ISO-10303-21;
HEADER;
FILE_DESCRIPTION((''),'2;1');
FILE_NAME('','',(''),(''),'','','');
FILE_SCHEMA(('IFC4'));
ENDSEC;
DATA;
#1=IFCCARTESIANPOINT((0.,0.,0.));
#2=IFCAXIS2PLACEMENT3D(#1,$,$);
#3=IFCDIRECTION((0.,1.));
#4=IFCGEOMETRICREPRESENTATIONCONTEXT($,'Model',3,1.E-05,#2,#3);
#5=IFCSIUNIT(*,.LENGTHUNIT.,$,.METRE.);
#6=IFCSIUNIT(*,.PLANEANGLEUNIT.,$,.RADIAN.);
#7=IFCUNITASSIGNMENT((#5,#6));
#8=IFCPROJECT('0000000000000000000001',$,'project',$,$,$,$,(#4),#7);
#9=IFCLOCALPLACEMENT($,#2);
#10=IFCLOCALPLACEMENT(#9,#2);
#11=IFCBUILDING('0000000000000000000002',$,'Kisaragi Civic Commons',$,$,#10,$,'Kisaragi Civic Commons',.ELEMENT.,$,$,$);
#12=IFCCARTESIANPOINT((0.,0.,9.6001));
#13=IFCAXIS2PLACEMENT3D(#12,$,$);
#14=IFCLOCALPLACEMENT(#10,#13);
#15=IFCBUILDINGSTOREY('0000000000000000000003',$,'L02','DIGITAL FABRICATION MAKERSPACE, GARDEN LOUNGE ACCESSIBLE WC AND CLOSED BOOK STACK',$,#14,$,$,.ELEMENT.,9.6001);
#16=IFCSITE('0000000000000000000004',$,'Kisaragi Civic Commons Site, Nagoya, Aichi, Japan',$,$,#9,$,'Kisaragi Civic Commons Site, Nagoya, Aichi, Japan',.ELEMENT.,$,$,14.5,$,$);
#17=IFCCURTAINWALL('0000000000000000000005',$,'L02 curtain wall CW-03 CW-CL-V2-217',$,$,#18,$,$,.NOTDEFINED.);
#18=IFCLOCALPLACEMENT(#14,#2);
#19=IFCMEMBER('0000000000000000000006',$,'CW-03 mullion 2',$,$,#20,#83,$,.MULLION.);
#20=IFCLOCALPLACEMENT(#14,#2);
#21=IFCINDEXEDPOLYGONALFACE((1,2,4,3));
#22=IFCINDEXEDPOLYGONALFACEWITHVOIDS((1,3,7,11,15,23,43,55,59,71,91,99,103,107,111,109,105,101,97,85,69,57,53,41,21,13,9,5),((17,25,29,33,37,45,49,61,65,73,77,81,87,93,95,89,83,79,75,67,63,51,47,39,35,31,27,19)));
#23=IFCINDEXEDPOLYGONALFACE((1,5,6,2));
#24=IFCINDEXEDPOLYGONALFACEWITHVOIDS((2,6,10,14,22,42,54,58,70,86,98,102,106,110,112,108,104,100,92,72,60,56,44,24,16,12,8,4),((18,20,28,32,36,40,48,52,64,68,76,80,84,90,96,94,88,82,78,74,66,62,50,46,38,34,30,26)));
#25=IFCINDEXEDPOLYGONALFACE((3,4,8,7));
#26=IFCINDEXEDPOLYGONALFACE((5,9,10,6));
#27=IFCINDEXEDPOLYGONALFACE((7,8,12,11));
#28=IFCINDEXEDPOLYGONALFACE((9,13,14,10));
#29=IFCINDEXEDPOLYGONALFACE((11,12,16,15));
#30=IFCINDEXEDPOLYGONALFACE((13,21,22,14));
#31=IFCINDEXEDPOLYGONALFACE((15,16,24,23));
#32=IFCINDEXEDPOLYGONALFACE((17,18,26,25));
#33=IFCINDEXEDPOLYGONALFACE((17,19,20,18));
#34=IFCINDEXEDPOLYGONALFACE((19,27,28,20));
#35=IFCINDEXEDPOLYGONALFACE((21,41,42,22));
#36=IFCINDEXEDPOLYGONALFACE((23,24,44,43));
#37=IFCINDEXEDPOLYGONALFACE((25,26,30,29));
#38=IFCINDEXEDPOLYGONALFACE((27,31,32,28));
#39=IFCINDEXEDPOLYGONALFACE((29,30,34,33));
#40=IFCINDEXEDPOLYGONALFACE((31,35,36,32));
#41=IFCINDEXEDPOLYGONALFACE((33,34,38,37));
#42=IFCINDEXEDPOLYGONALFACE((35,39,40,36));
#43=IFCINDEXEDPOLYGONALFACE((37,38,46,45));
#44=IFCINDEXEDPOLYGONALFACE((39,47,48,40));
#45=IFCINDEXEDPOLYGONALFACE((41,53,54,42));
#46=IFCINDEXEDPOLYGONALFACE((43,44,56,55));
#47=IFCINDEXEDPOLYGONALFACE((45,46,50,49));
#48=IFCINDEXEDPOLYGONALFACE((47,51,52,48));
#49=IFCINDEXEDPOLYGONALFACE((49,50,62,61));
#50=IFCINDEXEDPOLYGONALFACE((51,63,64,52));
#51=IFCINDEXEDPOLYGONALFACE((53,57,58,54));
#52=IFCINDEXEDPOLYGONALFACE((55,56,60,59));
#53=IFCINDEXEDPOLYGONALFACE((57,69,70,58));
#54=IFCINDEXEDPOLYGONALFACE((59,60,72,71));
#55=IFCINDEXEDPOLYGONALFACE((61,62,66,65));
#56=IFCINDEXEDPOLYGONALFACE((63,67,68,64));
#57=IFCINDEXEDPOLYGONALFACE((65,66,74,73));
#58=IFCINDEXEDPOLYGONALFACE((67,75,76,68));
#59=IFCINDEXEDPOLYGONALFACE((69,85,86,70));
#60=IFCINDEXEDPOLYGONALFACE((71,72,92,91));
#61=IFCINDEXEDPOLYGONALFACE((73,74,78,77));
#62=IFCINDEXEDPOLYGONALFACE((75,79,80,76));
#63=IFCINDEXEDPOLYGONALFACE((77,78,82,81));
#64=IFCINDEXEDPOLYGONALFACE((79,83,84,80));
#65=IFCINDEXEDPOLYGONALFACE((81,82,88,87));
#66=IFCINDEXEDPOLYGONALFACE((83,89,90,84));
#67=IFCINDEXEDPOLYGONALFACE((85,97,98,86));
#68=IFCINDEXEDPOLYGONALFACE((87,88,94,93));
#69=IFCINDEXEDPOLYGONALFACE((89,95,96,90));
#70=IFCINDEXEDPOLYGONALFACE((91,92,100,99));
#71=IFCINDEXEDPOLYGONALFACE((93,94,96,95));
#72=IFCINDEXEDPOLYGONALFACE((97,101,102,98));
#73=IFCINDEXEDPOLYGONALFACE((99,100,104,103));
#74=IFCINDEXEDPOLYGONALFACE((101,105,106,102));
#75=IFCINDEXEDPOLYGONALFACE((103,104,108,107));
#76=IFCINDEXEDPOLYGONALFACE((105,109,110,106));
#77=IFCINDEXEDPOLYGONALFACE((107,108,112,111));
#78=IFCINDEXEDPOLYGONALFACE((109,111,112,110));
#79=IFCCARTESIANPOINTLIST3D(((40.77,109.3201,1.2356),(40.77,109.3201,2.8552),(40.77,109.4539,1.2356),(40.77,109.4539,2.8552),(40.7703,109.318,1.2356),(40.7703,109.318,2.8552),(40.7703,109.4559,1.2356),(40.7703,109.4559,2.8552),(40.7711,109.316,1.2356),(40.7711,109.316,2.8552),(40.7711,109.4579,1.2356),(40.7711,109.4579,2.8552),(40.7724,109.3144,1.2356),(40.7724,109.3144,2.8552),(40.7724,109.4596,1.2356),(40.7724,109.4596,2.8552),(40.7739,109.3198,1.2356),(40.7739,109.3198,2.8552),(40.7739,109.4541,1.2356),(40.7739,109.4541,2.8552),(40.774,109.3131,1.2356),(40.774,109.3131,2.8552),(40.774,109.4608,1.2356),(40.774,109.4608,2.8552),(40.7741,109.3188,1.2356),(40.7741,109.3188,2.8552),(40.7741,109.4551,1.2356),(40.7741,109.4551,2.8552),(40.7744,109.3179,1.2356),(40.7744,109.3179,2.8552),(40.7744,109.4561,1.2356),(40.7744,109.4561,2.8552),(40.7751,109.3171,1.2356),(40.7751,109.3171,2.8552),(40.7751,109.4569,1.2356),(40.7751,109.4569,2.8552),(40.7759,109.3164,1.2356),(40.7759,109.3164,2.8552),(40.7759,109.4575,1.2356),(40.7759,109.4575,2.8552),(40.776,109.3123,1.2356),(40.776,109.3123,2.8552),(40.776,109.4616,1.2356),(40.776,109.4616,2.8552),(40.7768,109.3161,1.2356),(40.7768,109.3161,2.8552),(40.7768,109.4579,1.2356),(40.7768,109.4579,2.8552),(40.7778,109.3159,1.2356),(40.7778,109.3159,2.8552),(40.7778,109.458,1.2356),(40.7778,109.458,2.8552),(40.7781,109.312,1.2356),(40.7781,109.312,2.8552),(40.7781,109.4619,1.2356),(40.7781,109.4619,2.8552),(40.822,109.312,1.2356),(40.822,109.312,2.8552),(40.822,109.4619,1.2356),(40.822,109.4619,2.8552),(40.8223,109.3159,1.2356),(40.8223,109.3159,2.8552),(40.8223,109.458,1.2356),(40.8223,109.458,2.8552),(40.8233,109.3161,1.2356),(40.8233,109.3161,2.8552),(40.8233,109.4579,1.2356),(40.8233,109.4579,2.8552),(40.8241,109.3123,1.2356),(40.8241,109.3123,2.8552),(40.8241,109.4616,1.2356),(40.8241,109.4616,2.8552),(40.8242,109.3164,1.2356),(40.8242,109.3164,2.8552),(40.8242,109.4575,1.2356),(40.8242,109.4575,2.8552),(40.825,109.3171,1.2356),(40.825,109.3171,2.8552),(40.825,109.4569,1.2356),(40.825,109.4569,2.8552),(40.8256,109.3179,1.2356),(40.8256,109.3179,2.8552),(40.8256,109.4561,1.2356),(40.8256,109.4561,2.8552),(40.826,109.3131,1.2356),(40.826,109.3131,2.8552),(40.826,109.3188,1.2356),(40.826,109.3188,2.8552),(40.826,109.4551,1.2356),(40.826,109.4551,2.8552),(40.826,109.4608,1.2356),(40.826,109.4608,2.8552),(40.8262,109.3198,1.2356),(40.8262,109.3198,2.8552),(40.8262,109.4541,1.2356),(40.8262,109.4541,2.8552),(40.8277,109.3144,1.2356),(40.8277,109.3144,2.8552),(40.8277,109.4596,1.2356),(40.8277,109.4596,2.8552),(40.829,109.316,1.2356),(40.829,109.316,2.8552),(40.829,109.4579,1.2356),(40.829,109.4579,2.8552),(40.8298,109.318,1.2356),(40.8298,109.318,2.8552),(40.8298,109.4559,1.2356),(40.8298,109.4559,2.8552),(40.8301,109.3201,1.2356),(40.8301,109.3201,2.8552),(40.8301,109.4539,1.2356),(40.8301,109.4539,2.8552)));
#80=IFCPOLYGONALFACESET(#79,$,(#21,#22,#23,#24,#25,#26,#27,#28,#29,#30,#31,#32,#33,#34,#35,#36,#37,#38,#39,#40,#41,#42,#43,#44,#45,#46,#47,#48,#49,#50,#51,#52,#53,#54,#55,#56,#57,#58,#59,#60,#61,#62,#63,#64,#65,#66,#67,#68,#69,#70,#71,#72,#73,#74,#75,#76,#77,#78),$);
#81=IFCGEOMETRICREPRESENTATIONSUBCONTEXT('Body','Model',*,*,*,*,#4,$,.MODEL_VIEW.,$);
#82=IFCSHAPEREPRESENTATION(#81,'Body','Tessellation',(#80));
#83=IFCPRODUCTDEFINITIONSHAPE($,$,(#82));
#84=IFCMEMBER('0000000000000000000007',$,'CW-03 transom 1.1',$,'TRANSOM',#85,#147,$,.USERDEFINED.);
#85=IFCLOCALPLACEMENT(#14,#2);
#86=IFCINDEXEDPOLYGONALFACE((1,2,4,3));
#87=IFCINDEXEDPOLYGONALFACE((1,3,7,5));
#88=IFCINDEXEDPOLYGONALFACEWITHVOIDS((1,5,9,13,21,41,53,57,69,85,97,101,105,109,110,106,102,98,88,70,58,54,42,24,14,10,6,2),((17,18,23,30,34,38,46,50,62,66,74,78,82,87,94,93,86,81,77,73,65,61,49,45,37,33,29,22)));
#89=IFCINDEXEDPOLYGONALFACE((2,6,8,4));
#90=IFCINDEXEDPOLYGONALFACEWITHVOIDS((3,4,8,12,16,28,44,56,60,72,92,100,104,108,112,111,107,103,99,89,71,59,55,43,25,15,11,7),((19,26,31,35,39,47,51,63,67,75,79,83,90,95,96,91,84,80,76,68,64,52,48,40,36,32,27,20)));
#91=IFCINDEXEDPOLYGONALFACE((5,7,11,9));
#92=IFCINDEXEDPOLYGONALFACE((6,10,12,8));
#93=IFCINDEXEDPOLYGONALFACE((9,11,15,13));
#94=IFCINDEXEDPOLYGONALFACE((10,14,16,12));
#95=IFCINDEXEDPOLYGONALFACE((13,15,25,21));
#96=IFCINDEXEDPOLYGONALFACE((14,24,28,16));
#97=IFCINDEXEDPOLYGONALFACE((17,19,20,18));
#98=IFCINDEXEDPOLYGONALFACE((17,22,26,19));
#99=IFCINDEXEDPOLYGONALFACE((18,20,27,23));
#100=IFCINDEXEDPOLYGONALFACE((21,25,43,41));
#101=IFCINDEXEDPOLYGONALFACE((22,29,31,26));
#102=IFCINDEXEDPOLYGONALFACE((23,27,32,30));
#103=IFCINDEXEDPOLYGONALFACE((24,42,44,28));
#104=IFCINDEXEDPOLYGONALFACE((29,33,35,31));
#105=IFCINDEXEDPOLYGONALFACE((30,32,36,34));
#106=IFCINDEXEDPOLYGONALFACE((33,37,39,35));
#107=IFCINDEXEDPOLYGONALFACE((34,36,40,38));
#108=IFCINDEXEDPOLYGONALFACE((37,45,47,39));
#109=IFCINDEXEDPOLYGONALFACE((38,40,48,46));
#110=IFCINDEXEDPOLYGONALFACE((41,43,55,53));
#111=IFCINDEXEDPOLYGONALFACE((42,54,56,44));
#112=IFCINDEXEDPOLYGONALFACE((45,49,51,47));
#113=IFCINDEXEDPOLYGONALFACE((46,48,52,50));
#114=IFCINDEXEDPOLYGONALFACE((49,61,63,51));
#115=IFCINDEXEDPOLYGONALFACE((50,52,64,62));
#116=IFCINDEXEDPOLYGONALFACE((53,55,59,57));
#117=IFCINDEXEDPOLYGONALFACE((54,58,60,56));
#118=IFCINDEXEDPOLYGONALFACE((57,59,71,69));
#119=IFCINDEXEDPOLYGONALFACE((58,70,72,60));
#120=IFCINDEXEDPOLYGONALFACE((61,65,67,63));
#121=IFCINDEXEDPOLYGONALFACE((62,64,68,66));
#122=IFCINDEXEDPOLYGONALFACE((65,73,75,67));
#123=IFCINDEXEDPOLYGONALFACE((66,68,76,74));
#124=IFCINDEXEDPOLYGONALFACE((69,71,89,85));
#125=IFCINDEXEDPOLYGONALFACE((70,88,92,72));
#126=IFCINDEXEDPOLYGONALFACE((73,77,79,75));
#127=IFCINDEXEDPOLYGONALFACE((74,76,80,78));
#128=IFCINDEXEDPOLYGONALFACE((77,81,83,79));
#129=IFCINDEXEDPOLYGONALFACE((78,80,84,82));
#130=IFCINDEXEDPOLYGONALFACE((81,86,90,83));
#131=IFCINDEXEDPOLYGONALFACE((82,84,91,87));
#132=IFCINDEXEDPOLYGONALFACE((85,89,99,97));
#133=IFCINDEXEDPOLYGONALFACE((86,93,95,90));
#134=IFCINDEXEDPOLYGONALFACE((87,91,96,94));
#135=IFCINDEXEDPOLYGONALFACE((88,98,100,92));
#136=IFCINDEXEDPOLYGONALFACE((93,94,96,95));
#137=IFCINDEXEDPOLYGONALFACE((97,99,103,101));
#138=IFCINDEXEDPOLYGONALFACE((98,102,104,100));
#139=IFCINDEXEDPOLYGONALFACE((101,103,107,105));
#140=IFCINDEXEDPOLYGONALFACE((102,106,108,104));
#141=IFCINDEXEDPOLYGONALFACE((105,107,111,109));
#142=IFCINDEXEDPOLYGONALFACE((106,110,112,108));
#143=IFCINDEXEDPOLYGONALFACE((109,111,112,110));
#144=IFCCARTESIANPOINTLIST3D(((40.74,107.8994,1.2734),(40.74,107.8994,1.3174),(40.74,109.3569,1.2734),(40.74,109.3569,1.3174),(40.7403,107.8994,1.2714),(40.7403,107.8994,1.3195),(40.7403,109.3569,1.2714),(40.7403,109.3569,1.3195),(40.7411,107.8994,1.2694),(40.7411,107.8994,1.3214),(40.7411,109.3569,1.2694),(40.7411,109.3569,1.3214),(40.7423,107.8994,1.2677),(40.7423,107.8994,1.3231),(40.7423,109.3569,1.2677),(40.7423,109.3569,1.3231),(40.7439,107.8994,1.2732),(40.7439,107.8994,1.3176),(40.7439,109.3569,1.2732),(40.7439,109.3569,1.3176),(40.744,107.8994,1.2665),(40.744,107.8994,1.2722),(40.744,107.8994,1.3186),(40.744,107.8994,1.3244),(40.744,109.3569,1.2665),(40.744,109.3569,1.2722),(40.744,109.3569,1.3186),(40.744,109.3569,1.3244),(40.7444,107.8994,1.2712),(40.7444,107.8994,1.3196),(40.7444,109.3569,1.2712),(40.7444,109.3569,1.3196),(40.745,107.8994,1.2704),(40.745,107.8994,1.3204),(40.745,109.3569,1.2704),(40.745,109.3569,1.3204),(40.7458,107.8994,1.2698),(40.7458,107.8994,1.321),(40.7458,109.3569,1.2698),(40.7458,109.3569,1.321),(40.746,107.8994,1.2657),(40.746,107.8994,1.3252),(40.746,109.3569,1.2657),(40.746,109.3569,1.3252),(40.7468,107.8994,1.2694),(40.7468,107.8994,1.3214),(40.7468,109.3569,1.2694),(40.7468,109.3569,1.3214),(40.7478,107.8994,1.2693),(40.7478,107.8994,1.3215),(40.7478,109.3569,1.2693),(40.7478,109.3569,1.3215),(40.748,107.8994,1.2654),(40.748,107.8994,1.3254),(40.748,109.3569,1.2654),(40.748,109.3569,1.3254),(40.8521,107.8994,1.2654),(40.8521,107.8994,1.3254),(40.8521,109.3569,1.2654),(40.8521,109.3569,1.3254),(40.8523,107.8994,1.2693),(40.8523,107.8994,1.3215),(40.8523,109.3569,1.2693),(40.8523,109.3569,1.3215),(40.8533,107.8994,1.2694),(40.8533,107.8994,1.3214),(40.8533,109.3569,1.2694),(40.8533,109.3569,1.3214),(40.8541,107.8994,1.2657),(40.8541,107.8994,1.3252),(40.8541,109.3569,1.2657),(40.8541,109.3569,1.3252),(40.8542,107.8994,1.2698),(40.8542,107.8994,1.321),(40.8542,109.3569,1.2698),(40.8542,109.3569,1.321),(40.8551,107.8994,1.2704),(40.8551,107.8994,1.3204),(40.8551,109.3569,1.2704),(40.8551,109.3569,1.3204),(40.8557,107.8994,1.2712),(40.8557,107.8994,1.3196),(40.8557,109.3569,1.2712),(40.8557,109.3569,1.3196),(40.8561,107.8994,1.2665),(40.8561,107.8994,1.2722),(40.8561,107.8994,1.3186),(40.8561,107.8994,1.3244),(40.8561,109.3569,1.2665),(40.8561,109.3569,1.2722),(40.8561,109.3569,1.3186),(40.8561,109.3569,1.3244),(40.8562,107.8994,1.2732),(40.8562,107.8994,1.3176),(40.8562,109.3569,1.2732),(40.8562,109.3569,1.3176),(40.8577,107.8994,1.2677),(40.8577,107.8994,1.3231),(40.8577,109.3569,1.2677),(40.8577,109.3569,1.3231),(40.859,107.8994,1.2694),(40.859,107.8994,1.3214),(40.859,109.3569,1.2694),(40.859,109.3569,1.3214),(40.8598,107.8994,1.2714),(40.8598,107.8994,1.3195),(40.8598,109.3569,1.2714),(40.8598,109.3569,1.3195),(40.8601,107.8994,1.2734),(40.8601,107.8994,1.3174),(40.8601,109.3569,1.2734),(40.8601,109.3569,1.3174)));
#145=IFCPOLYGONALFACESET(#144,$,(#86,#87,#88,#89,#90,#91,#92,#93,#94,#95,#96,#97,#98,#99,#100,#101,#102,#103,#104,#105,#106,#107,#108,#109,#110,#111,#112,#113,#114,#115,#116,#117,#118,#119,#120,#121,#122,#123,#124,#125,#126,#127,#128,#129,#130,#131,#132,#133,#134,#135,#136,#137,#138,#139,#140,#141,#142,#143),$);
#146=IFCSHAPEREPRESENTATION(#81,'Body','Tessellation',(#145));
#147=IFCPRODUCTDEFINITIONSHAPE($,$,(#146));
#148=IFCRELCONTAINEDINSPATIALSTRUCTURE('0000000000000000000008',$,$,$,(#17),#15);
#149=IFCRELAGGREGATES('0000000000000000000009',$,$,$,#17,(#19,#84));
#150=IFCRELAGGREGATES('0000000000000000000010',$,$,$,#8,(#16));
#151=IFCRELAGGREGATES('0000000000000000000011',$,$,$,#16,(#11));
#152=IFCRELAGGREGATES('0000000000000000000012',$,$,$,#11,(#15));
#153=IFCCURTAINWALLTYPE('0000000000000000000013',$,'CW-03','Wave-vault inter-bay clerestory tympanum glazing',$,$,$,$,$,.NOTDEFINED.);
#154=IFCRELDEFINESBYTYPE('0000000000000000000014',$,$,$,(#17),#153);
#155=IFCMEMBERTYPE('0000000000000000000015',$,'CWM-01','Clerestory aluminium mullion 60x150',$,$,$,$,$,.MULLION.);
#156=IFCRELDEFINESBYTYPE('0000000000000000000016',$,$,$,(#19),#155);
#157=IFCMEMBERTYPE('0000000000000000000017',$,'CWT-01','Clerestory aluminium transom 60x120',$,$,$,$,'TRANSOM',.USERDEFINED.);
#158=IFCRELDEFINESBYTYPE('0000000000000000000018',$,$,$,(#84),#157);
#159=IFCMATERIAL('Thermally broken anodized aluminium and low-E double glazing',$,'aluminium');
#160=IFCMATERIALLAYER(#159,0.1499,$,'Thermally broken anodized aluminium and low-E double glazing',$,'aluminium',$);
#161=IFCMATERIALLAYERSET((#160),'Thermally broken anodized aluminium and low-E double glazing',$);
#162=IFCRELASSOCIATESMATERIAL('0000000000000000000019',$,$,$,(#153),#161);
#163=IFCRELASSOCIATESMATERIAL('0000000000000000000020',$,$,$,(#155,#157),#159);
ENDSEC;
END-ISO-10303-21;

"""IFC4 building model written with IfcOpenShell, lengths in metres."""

from ifc_helpers import new_model, si_unit, direction, frame, origin, origin_2d, place, context, subcontext, project, spatial, hollow_rectangle, extrude, material, layer, layer_set, material_profile, profile_set, type_object, element, aggregate, save


model = new_model("IFC4")

# Units and contexts
model_context = context("Model", 3, precision=1e-05, world=origin(), true_north=direction((0.0, 1.0)))
body_context = subcontext(model_context, "Body", "Model", "MODEL_VIEW")
ifc_project = project(units=[si_unit("LENGTHUNIT", "METRE"), si_unit("PLANEANGLEUNIT", "RADIAN")], contexts=[model_context])

# Site, building, storey
site_placement = place(None, origin())
site = spatial("IfcSite", under=ifc_project, at=site_placement, Name="Kisaragi Civic Commons Site, Nagoya, Aichi, Japan", LongName="Kisaragi Civic Commons Site, Nagoya, Aichi, Japan", CompositionType="ELEMENT", RefElevation=14.5)
building_placement = place(site_placement, origin())
building = spatial("IfcBuilding", under=site, at=building_placement, Name="Kisaragi Civic Commons", LongName="Kisaragi Civic Commons", CompositionType="ELEMENT")
storey_placement = place(building_placement, frame((0.0, 0.0, 9.6001)))
storey = spatial("IfcBuildingStorey", under=building, at=storey_placement, Name="L02", Description="DIGITAL FABRICATION MAKERSPACE, GARDEN LOUNGE ACCESSIBLE WC AND CLOSED BOOK STACK", CompositionType="ELEMENT", Elevation=9.6001)

# Shared definitions
ifc_material_1 = material(Name="Thermally broken anodized aluminium and low-E double glazing", Category="aluminium")
ifc_layer_1 = layer(ifc_material_1, 0.1499, Name="Thermally broken anodized aluminium and low-E double glazing", Category="aluminium")
ifc_layer_set_1 = layer_set([ifc_layer_1], Name="Thermally broken anodized aluminium and low-E double glazing")
curtain_wall_type = type_object("IfcCurtainWallType", Name="CW-03", Description="Wave-vault inter-bay clerestory tympanum glazing", PredefinedType="NOTDEFINED", material=ifc_layer_set_1)
ifc_material_profile_1 = material_profile(ifc_material_1, hollow_rectangle(XDim=0.0601, YDim=0.1499, WallThickness=0.0039, InnerFilletRadius=0.0039, OuterFilletRadius=0.0081, at=origin_2d()), Name="CWM-60x150x4", Category="aluminium")
ifc_profile_set_1 = profile_set([ifc_material_profile_1], Name="Thermally broken anodized aluminium and low-E double glazing")
member_type_1 = type_object("IfcMemberType", Name="CWM-01", Description="Clerestory aluminium mullion 60x150", PredefinedType="MULLION", material=ifc_profile_set_1)

# Curtain wall, members
curtain_wall_1_placement = place(storey_placement, origin())
curtain_wall_1 = element("IfcCurtainWall", 1, at=curtain_wall_1_placement, inside=storey, type_object=curtain_wall_type, Name="L02 curtain wall CW-03 CW-CL-V2-217", PredefinedType="NOTDEFINED")
member_1_placement = place(storey_placement, frame((40.8, 109.387, 1.2356), z_axis=(0.0, 0.0, 1.0), x_axis=(-1.0, 0.0, 0.0)))
member_1 = element("IfcMember", 2, at=member_1_placement, type_object=member_type_1, Name="CW-03 mullion 2", PredefinedType="MULLION", context=body_context, shape_type="SweptSolid", body=[
    extrude(hollow_rectangle(XDim=0.0601, YDim=0.1499, WallThickness=0.0039, InnerFilletRadius=0.0039, OuterFilletRadius=0.0081, at=origin_2d()), origin(), (0.0, 0.0, 1.0), 1.6196),
])
ifc_material_profile_2 = material_profile(ifc_material_1, hollow_rectangle(XDim=0.1201, YDim=0.0601, WallThickness=0.0039, InnerFilletRadius=0.0039, OuterFilletRadius=0.0081, at=origin_2d()), Name="CWT-60x120x4", Category="aluminium")
ifc_profile_set_2 = profile_set([ifc_material_profile_2], Name="Thermally broken anodized aluminium and low-E double glazing")
member_type_2 = type_object("IfcMemberType", Name="CWT-01", Description="Clerestory aluminium transom 60x120", ElementType="TRANSOM", PredefinedType="USERDEFINED", material=ifc_profile_set_2)
member_2_placement = place(storey_placement, frame((40.8, 107.8994, 1.2954), z_axis=(0.0, 1.0, 0.0), x_axis=(-1.0, 0.0, 0.0)))
member_2 = element("IfcMember", 3, at=member_2_placement, type_object=member_type_2, Name="CW-03 transom 1.1", ObjectType="TRANSOM", PredefinedType="USERDEFINED", context=body_context, shape_type="SweptSolid", body=[
    extrude(hollow_rectangle(XDim=0.1201, YDim=0.0601, WallThickness=0.0039, InnerFilletRadius=0.0039, OuterFilletRadius=0.0081, at=origin_2d()), origin(), (0.0, 0.0, 1.0), 1.4575),
])

aggregate(curtain_wall_1, [member_1, member_2])

save(model, "model.ifc")
